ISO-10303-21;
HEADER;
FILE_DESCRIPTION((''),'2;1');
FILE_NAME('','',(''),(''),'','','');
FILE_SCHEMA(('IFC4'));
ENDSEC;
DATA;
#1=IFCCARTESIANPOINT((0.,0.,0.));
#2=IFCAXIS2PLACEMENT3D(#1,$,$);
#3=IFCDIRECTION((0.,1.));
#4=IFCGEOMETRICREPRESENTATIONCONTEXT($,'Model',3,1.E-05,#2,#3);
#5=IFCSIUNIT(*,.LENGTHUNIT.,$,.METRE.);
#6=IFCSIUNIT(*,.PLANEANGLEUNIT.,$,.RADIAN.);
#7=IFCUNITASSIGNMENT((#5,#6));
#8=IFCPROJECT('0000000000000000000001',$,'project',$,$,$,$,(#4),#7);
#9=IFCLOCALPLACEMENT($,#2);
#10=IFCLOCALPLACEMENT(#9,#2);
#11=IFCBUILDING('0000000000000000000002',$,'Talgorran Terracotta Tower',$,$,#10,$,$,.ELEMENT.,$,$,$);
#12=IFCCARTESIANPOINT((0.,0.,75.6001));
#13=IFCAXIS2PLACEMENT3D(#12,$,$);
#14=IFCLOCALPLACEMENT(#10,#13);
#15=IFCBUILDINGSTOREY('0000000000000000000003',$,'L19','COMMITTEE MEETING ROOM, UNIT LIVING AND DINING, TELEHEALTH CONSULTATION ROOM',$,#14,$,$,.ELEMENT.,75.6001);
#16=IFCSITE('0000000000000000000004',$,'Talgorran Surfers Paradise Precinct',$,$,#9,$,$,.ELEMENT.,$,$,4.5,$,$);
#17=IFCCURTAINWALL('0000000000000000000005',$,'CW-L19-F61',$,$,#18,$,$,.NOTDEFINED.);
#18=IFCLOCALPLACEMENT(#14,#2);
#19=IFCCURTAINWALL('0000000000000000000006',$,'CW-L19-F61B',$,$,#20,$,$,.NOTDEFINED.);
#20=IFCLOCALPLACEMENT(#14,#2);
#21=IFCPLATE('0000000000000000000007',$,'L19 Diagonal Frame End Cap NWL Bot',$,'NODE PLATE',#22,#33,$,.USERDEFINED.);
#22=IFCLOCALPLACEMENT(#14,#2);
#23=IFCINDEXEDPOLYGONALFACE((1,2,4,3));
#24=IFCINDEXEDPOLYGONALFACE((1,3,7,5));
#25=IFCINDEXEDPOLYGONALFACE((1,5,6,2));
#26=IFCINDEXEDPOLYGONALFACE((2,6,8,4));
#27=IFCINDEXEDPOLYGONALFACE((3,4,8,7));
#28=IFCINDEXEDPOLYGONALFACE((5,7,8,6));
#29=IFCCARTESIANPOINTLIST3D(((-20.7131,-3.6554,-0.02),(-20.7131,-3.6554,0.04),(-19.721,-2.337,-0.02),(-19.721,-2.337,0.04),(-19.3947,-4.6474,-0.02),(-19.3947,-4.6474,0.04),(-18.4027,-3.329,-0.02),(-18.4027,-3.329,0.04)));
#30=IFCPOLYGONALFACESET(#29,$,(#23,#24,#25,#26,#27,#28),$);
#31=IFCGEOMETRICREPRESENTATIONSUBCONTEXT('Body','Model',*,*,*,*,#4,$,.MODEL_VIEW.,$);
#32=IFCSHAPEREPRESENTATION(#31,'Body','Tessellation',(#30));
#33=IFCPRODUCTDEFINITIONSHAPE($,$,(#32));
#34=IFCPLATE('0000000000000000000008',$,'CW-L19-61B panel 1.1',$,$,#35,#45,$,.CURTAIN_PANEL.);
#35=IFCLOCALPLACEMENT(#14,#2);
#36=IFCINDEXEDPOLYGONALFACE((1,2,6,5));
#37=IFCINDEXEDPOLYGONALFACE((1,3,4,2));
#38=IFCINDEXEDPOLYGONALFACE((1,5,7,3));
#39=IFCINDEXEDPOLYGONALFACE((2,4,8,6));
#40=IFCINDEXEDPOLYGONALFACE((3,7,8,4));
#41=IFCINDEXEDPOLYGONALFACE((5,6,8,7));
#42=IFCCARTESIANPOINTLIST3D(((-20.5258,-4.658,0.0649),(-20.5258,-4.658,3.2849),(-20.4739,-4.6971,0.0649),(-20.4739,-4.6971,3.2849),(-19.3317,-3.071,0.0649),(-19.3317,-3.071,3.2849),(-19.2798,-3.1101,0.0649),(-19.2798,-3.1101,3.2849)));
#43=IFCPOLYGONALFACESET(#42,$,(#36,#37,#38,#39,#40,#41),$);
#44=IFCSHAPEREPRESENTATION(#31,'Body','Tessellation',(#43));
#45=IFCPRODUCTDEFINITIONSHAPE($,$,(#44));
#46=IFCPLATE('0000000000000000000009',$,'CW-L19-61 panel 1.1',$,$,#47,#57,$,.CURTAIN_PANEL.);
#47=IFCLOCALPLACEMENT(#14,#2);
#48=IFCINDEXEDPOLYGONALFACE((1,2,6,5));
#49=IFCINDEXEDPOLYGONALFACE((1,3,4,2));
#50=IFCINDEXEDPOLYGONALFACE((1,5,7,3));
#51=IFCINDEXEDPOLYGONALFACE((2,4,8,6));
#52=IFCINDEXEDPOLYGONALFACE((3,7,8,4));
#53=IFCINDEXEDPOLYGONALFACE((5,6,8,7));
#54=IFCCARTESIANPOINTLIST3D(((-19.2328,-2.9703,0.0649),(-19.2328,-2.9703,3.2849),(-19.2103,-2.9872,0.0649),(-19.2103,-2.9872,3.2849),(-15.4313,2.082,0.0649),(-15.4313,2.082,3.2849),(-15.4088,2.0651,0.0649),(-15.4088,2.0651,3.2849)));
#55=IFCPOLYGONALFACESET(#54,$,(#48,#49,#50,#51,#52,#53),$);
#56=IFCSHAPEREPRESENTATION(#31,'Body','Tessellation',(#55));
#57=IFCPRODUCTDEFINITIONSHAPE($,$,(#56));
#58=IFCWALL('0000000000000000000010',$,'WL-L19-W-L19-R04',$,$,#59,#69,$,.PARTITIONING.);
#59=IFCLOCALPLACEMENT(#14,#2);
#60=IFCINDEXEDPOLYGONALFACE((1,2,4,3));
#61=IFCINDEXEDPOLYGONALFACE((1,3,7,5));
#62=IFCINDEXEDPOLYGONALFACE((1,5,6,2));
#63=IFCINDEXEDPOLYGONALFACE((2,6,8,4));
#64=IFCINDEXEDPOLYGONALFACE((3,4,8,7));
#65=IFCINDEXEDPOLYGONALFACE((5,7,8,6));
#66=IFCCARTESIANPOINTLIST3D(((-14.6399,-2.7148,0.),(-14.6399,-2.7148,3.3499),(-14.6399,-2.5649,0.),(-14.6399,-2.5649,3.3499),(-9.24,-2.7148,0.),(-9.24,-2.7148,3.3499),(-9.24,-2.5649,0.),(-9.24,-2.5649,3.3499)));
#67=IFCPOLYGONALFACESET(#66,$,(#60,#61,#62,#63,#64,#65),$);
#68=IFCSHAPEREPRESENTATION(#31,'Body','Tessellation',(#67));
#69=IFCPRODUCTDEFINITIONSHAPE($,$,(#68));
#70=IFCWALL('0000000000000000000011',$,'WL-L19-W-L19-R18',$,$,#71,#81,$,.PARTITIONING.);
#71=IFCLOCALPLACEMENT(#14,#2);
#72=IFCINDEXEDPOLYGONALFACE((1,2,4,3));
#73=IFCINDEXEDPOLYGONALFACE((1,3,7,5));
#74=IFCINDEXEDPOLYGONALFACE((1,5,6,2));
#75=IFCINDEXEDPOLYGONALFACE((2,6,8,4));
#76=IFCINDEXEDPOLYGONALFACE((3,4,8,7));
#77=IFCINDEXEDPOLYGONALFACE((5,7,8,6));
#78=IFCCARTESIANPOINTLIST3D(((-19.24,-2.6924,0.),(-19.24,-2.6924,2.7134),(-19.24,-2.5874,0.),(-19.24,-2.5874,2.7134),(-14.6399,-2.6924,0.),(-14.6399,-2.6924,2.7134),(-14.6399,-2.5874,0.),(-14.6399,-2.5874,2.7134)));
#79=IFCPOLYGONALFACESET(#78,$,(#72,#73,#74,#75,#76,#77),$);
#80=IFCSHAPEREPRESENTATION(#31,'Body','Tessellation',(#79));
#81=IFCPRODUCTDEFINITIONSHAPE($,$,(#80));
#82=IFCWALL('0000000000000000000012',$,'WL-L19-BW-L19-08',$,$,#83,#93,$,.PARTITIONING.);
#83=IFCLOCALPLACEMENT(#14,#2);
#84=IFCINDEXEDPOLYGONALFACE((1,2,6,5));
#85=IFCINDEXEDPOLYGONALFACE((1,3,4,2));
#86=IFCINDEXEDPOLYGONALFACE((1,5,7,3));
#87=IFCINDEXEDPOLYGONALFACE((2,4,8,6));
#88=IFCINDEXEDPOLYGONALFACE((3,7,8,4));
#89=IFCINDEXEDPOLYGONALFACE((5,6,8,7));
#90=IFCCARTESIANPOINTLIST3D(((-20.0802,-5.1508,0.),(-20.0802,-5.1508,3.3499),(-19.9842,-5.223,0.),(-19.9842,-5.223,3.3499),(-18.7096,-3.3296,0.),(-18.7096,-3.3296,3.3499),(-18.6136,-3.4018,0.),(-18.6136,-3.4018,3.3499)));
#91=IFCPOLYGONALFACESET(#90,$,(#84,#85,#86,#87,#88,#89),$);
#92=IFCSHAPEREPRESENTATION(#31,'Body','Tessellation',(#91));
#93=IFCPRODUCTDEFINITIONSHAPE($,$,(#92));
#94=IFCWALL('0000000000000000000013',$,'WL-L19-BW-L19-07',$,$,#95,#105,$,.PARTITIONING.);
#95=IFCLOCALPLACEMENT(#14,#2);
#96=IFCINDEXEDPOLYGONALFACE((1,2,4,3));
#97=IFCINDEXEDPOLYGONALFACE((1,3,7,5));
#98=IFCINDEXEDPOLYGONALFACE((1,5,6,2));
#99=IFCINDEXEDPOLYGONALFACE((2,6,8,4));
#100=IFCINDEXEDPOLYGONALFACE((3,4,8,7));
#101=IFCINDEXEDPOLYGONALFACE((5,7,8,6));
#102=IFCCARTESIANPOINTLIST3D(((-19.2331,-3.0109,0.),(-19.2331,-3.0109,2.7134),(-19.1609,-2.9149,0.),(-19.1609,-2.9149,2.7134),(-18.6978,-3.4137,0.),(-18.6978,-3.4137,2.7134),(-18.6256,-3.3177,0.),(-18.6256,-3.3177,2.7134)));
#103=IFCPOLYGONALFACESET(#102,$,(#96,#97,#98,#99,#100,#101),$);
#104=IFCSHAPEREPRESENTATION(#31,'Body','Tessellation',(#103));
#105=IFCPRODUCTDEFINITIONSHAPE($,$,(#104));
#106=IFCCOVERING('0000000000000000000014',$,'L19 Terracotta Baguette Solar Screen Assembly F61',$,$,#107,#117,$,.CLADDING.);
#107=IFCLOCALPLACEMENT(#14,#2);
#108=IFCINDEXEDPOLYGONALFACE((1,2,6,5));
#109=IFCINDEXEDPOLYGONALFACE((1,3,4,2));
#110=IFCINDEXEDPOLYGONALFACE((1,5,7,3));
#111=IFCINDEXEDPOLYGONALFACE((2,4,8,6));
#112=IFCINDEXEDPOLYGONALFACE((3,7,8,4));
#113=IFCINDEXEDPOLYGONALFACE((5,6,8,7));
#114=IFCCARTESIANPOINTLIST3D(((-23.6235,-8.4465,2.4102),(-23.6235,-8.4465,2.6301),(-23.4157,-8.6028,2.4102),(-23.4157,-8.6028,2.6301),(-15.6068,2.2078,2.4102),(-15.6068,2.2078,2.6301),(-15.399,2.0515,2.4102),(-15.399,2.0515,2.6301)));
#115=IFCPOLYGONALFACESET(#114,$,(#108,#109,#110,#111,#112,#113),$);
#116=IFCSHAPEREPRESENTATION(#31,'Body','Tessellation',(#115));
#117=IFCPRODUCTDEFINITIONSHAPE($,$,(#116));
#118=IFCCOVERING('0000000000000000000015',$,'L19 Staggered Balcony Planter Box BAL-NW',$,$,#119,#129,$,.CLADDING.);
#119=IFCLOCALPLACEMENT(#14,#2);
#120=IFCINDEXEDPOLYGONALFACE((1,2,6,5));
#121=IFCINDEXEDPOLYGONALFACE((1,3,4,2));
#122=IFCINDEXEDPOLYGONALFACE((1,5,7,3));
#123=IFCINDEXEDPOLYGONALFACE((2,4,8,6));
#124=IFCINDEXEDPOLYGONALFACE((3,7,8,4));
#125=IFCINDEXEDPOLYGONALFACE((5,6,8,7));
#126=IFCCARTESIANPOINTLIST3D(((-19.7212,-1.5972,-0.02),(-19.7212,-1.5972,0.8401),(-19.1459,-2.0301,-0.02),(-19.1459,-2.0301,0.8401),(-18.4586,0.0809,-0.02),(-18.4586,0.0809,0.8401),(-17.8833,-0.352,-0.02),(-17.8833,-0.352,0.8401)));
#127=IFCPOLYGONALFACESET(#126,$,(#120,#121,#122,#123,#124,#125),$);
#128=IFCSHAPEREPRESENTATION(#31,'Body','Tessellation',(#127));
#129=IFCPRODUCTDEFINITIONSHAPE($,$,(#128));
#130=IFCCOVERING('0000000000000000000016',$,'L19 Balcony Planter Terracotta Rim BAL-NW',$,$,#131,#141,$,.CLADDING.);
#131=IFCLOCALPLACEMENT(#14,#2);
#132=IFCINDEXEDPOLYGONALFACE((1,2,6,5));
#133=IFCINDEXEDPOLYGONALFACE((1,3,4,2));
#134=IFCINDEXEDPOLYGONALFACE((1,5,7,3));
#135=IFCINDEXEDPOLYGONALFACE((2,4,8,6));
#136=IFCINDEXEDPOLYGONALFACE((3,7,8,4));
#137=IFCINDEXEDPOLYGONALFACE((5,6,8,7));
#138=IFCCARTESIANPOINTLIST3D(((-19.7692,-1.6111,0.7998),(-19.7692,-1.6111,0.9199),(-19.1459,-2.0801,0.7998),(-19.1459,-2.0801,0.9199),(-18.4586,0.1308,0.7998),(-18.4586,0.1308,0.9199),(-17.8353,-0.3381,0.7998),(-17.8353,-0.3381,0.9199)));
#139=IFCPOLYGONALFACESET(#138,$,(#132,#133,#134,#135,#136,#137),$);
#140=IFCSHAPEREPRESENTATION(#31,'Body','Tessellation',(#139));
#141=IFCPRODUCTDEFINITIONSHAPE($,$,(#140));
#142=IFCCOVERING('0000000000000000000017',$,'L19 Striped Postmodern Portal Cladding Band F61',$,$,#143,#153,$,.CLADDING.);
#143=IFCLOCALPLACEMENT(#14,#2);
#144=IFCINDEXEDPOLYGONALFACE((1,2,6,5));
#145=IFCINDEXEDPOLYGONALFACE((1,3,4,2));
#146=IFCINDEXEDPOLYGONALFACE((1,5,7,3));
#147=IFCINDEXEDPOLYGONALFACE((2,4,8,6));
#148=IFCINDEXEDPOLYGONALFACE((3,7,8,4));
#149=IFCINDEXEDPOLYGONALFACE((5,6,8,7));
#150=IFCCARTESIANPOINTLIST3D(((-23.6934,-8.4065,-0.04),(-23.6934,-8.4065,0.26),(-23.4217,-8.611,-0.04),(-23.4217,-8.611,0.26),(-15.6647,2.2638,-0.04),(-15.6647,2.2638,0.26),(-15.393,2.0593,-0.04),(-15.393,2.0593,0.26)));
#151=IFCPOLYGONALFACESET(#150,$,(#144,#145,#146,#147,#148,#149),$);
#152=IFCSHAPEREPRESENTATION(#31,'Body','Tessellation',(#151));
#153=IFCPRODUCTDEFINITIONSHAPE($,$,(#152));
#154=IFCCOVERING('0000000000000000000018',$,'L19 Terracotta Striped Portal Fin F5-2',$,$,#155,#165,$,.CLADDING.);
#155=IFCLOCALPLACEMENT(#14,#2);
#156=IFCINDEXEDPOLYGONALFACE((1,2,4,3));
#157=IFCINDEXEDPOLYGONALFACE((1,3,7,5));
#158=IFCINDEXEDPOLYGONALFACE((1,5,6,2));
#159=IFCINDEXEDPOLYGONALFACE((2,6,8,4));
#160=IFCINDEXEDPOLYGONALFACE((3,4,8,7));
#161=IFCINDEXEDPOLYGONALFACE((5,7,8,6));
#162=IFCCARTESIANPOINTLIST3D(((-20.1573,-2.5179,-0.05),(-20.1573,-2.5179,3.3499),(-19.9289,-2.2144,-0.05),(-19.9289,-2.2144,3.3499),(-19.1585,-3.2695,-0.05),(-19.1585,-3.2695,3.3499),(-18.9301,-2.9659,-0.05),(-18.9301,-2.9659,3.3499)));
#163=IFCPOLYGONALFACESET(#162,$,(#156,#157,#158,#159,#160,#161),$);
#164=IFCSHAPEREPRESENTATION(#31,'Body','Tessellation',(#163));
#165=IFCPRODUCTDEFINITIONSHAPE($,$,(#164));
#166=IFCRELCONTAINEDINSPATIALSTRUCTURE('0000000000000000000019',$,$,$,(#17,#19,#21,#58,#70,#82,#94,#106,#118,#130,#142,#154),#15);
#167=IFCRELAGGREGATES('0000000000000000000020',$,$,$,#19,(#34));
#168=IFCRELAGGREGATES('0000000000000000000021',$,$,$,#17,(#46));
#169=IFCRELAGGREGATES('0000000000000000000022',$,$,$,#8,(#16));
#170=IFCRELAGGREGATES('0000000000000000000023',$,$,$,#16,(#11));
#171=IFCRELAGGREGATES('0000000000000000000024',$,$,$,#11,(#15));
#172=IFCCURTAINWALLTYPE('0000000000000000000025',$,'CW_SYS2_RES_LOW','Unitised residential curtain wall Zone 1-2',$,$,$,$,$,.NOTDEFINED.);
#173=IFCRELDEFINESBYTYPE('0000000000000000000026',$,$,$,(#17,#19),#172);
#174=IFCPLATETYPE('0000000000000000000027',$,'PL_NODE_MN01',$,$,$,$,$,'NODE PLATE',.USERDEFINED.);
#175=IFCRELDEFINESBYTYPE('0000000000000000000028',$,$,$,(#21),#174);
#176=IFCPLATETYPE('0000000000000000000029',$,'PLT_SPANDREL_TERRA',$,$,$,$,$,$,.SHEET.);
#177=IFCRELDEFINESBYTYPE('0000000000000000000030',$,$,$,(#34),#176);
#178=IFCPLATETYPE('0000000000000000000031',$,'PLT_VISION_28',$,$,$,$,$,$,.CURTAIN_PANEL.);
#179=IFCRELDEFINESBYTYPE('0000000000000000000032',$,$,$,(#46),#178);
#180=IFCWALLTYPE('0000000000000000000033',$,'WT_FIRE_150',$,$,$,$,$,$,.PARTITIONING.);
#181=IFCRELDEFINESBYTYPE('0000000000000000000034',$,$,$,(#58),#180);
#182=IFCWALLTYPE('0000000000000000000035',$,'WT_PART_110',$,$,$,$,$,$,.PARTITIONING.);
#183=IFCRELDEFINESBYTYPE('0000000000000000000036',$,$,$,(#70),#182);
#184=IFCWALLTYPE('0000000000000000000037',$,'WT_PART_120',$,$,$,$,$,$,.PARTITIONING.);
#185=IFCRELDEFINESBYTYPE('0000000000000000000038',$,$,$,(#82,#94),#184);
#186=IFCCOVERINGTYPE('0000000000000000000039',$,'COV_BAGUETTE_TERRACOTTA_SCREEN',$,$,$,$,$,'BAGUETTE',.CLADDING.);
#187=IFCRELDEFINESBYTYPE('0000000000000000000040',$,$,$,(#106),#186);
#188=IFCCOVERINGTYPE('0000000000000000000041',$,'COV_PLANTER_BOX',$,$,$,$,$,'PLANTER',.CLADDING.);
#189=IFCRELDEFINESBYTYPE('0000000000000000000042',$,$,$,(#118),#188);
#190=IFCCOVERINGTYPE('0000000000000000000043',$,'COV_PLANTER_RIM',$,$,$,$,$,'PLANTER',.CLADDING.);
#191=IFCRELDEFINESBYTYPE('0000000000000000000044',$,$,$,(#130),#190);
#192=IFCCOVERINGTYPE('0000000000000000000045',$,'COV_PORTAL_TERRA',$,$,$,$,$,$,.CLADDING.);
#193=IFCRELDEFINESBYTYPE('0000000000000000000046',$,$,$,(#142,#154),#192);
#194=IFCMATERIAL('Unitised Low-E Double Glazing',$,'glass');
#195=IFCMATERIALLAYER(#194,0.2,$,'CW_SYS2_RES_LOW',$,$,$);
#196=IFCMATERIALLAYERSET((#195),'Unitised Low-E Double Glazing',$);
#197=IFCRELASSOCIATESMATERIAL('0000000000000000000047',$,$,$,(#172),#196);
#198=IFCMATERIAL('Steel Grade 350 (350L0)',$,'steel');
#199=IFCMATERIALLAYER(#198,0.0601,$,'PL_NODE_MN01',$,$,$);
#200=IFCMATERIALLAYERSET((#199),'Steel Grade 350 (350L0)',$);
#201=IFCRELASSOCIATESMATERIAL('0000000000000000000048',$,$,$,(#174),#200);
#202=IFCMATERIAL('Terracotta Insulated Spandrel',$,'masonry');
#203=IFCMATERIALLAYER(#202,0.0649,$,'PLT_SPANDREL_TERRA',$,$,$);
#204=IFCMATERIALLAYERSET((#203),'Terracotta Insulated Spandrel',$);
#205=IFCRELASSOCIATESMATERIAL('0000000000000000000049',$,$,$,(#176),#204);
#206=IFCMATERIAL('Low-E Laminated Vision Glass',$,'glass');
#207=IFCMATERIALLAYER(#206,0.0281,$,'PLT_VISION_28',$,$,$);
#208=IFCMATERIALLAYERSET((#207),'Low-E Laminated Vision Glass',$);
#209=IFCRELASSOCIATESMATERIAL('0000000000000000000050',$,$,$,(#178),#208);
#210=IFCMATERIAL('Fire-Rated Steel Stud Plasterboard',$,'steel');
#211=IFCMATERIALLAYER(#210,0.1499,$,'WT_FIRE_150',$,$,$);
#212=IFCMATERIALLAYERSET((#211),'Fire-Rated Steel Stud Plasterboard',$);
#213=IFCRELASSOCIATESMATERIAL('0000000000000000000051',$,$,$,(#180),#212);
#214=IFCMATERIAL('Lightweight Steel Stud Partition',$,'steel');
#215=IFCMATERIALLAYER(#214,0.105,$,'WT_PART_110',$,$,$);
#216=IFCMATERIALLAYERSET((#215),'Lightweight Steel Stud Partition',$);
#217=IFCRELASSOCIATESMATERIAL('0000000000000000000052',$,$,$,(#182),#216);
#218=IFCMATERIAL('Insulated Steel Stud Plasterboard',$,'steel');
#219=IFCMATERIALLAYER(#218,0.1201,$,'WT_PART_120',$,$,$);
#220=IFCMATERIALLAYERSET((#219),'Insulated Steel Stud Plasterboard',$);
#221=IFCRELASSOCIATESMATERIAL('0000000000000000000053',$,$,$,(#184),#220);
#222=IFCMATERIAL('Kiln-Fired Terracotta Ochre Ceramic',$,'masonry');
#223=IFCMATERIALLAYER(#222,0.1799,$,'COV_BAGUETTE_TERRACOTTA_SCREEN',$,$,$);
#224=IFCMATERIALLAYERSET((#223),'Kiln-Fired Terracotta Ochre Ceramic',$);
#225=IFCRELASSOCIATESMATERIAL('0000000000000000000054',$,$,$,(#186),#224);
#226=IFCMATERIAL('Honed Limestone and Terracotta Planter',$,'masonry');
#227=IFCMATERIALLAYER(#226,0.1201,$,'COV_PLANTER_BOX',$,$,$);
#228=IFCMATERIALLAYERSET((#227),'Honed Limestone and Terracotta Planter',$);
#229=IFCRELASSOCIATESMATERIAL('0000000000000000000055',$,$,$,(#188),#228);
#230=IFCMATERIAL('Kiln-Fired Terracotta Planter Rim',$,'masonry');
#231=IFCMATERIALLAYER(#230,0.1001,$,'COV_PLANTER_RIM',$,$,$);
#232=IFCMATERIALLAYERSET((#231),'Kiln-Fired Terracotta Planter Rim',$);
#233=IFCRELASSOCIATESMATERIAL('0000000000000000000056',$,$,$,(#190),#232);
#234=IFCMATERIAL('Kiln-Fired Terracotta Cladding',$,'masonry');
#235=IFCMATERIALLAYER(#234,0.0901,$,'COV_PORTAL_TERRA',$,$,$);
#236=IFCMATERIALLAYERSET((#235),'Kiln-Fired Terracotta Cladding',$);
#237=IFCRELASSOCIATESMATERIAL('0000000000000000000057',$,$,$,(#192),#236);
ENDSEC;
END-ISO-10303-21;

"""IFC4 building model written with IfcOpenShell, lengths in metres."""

from ifc_helpers import new_model, si_unit, direction, frame, frame_2d, origin, origin_2d, place, context, subcontext, project, spatial, rectangle, extrude, source, transform, mapped, material, layer, layer_set, type_object, type_shapes, element, aggregate, save


model = new_model("IFC4")

# Units and contexts
model_context = context("Model", 3, precision=1e-05, world=origin(), true_north=direction((0.0, 1.0)))
body_context = subcontext(model_context, "Body", "Model", "MODEL_VIEW")
ifc_project = project(units=[si_unit("LENGTHUNIT", "METRE"), si_unit("PLANEANGLEUNIT", "RADIAN")], contexts=[model_context])

# Site, building, storey
site_placement = place(None, origin())
site = spatial("IfcSite", under=ifc_project, at=site_placement, Name="Talgorran Surfers Paradise Precinct", CompositionType="ELEMENT", RefElevation=4.5)
building_placement = place(site_placement, origin())
building = spatial("IfcBuilding", under=site, at=building_placement, Name="Talgorran Terracotta Tower", CompositionType="ELEMENT")
storey_placement = place(building_placement, frame((0.0, 0.0, 75.6001)))
storey = spatial("IfcBuildingStorey", under=building, at=storey_placement, Name="L19", Description="COMMITTEE MEETING ROOM, UNIT LIVING AND DINING, TELEHEALTH CONSULTATION ROOM", CompositionType="ELEMENT", Elevation=75.6001)

# Shared definitions
ifc_material_1 = material(Name="Steel Grade 350 (350L0)", Category="steel")

# Curtain walls
ifc_material_2 = material(Name="Unitised Low-E Double Glazing", Category="glass")
ifc_layer_1 = layer(ifc_material_2, 0.2, Name="CW_SYS2_RES_LOW")
ifc_layer_set_1 = layer_set([ifc_layer_1], Name="Unitised Low-E Double Glazing")
curtain_wall_type = type_object("IfcCurtainWallType", Name="CW_SYS2_RES_LOW", Description="Unitised residential curtain wall Zone 1-2", PredefinedType="NOTDEFINED", material=ifc_layer_set_1)
curtain_wall_1_placement = place(storey_placement, origin())
curtain_wall_1 = element("IfcCurtainWall", 1, at=curtain_wall_1_placement, inside=storey, type_object=curtain_wall_type, Name="CW-L19-F61", PredefinedType="NOTDEFINED")
curtain_wall_2_placement = place(storey_placement, origin())
curtain_wall_2 = element("IfcCurtainWall", 2, at=curtain_wall_2_placement, inside=storey, type_object=curtain_wall_type, Name="CW-L19-F61B", PredefinedType="NOTDEFINED")

# Plates
ifc_layer_2 = layer(ifc_material_1, 0.0601, Name="PL_NODE_MN01")
ifc_layer_set_2 = layer_set([ifc_layer_2], Name="Steel Grade 350 (350L0)")
plate_type_1 = type_object("IfcPlateType", Name="PL_NODE_MN01", ElementType="NODE PLATE", PredefinedType="USERDEFINED", material=ifc_layer_set_2)
plate_1_placement = place(storey_placement, frame((-19.5579, -3.4922, -0.02), z_axis=(0.0, 0.0, 1.0), x_axis=(-0.601257, -0.799055, 0.0)))
element("IfcPlate", 3, at=plate_1_placement, inside=storey, type_object=plate_type_1, Name="L19 Diagonal Frame End Cap NWL Bot", ObjectType="NODE PLATE", PredefinedType="USERDEFINED", context=body_context, shape_type="SweptSolid", body=[
    extrude(rectangle(XDim=1.6499, YDim=1.6499, at=origin_2d()), origin(), (0.0, 0.0, 1.0), 0.0601),
])
ifc_material_3 = material(Name="Terracotta Insulated Spandrel", Category="masonry")
ifc_layer_3 = layer(ifc_material_3, 0.0649, Name="PLT_SPANDREL_TERRA")
ifc_layer_set_3 = layer_set([ifc_layer_3], Name="Terracotta Insulated Spandrel")
plate_type_2 = type_object("IfcPlateType", Name="PLT_SPANDREL_TERRA", PredefinedType="SHEET", material=ifc_layer_set_3)
shared_shape_1 = source(origin(), body_context, "Body", "SweptSolid", [
    extrude(rectangle(XDim=1.9861, YDim=0.0649, at=origin_2d()), origin(), (0.0, 0.0, 1.0), 3.22),
])
type_shapes(plate_type_2, [shared_shape_1])
plate_2_placement = place(storey_placement, frame((-19.9028, -3.884, 0.0649), z_axis=(0.0, 0.0, 1.0), x_axis=(-0.601247, -0.799063, 0.0)))
plate_2 = element("IfcPlate", 4, at=plate_2_placement, type_object=plate_type_2, Name="CW-L19-61B panel 1.1", PredefinedType="CURTAIN_PANEL", context=body_context, shape_type="MappedRepresentation", body=[
    mapped(shared_shape_1, transform((0.0, 0.0, 0.0), scale=1.0)),
])
aggregate(curtain_wall_2, [plate_2])
ifc_material_4 = material(Name="Low-E Laminated Vision Glass", Category="glass")
ifc_layer_4 = layer(ifc_material_4, 0.0281, Name="PLT_VISION_28")
ifc_layer_set_4 = layer_set([ifc_layer_4], Name="Low-E Laminated Vision Glass")
plate_type_3 = type_object("IfcPlateType", Name="PLT_VISION_28", PredefinedType="CURTAIN_PANEL", material=ifc_layer_set_4)
shared_shape_2 = source(origin(), body_context, "Body", "SweptSolid", [
    extrude(rectangle(XDim=6.3228, YDim=0.0281, at=origin_2d()), origin(), (0.0, 0.0, 1.0), 3.22),
])
type_shapes(plate_type_3, [shared_shape_2])
plate_3_placement = place(storey_placement, frame((-17.3208, -0.4526, 0.0649), z_axis=(0.0, 0.0, 1.0), x_axis=(-0.601244, -0.799065, 0.0)))
plate_3 = element("IfcPlate", 5, at=plate_3_placement, type_object=plate_type_3, Name="CW-L19-61 panel 1.1", PredefinedType="CURTAIN_PANEL", context=body_context, shape_type="MappedRepresentation", body=[
    mapped(shared_shape_2, transform((0.0, 0.0, 0.0), scale=1.0)),
])
aggregate(curtain_wall_1, [plate_3])

# Walls
ifc_material_5 = material(Name="Fire-Rated Steel Stud Plasterboard", Category="steel")
ifc_layer_5 = layer(ifc_material_5, 0.1499, Name="WT_FIRE_150")
ifc_layer_set_5 = layer_set([ifc_layer_5], Name="Fire-Rated Steel Stud Plasterboard")
wall_type_1 = type_object("IfcWallType", Name="WT_FIRE_150", PredefinedType="PARTITIONING", material=ifc_layer_set_5)
wall_1_placement = place(storey_placement, frame((-14.6399, -2.6399, 0.0), z_axis=(0.0, 0.0, 1.0), x_axis=(1.0, 0.0, 0.0)))
element("IfcWall", 6, at=wall_1_placement, inside=storey, type_object=wall_type_1, Name="WL-L19-W-L19-R04", PredefinedType="PARTITIONING", context=body_context, shape_type="SweptSolid", body=[
    extrude(rectangle(XDim=5.3999, YDim=0.1499, at=frame_2d((2.7, 0.0))), origin(), (0.0, 0.0, 1.0), 3.3499),
])
ifc_material_6 = material(Name="Lightweight Steel Stud Partition", Category="steel")
ifc_layer_6 = layer(ifc_material_6, 0.105, Name="WT_PART_110")
ifc_layer_set_6 = layer_set([ifc_layer_6], Name="Lightweight Steel Stud Partition")
wall_type_2 = type_object("IfcWallType", Name="WT_PART_110", PredefinedType="PARTITIONING", material=ifc_layer_set_6)
wall_2_placement = place(storey_placement, frame((-19.24, -2.6399, 0.0), z_axis=(0.0, 0.0, 1.0), x_axis=(1.0, 0.0, 0.0)))
element("IfcWall", 7, at=wall_2_placement, inside=storey, type_object=wall_type_2, Name="WL-L19-W-L19-R18", PredefinedType="PARTITIONING", context=body_context, shape_type="SweptSolid", body=[
    extrude(rectangle(XDim=4.6001, YDim=0.105, at=frame_2d((2.3, 0.0))), origin(), (0.0, 0.0, 1.0), 2.7134),
])
ifc_material_7 = material(Name="Insulated Steel Stud Plasterboard", Category="steel")
ifc_layer_7 = layer(ifc_material_7, 0.1201, Name="WT_PART_120")
ifc_layer_set_7 = layer_set([ifc_layer_7], Name="Insulated Steel Stud Plasterboard")
wall_type_3 = type_object("IfcWallType", Name="WT_PART_120", PredefinedType="PARTITIONING", material=ifc_layer_set_7)
wall_3_placement = place(storey_placement, frame((-18.6616, -3.3657, 0.0), z_axis=(0.0, 0.0, 1.0), x_axis=(-0.601302, -0.799022, 0.0)))
element("IfcWall", 8, at=wall_3_placement, inside=storey, type_object=wall_type_3, Name="WL-L19-BW-L19-08", PredefinedType="PARTITIONING", context=body_context, shape_type="SweptSolid", body=[
    extrude(rectangle(XDim=2.2793, YDim=0.1201, at=frame_2d((1.1396, 0.0))), origin(), (0.0, 0.0, 1.0), 3.3499),
])
wall_4_placement = place(storey_placement, frame((-19.197, -2.9629, 0.0), z_axis=(0.0, 0.0, 1.0), x_axis=(0.799081, -0.601224, 0.0)))
element("IfcWall", 9, at=wall_4_placement, inside=storey, type_object=wall_type_3, Name="WL-L19-BW-L19-07", PredefinedType="PARTITIONING", context=body_context, shape_type="SweptSolid", body=[
    extrude(rectangle(XDim=0.6699, YDim=0.1201, at=frame_2d((0.335, 0.0))), origin(), (0.0, 0.0, 1.0), 2.7134),
])

# Coverings
ifc_material_8 = material(Name="Kiln-Fired Terracotta Ochre Ceramic", Category="masonry")
ifc_layer_8 = layer(ifc_material_8, 0.1799, Name="COV_BAGUETTE_TERRACOTTA_SCREEN")
ifc_layer_set_8 = layer_set([ifc_layer_8], Name="Kiln-Fired Terracotta Ochre Ceramic")
covering_type_1 = type_object("IfcCoveringType", Name="COV_BAGUETTE_TERRACOTTA_SCREEN", ElementType="BAGUETTE", PredefinedType="CLADDING", material=ifc_layer_set_8)
covering_1_placement = place(storey_placement, frame((-19.5112, -3.1975, 2.4102), z_axis=(0.0, 0.0, 1.0), x_axis=(-0.601243, -0.799066, 0.0)))
element("IfcCovering", 10, at=covering_1_placement, inside=storey, type_object=covering_type_1, Name="L19 Terracotta Baguette Solar Screen Assembly F61", PredefinedType="CLADDING", context=body_context, shape_type="SweptSolid", body=[
    extrude(rectangle(XDim=13.3335, YDim=0.26, at=origin_2d()), origin(), (0.0, 0.0, 1.0), 0.22),
])
ifc_material_9 = material(Name="Honed Limestone and Terracotta Planter", Category="masonry")
ifc_layer_9 = layer(ifc_material_9, 0.1201, Name="COV_PLANTER_BOX")
ifc_layer_set_9 = layer_set([ifc_layer_9], Name="Honed Limestone and Terracotta Planter")
covering_type_2 = type_object("IfcCoveringType", Name="COV_PLANTER_BOX", ElementType="PLANTER", PredefinedType="CLADDING", material=ifc_layer_set_9)
covering_2_placement = place(storey_placement, frame((-18.8022, -0.9746, -0.02), z_axis=(0.0, 0.0, 1.0), x_axis=(-0.601243, -0.799066, 0.0)))
element("IfcCovering", 11, at=covering_2_placement, inside=storey, type_object=covering_type_2, Name="L19 Staggered Balcony Planter Box BAL-NW", PredefinedType="CLADDING", context=body_context, shape_type="SweptSolid", body=[
    extrude(rectangle(XDim=2.1001, YDim=0.72, at=origin_2d()), origin(), (0.0, 0.0, 1.0), 0.8601),
])
ifc_material_10 = material(Name="Kiln-Fired Terracotta Planter Rim", Category="masonry")
ifc_layer_10 = layer(ifc_material_10, 0.1001, Name="COV_PLANTER_RIM")
ifc_layer_set_10 = layer_set([ifc_layer_10], Name="Kiln-Fired Terracotta Planter Rim")
covering_type_3 = type_object("IfcCoveringType", Name="COV_PLANTER_RIM", ElementType="PLANTER", PredefinedType="CLADDING", material=ifc_layer_set_10)
covering_3_placement = place(storey_placement, frame((-18.8022, -0.9746, 0.7998), z_axis=(0.0, 0.0, 1.0), x_axis=(-0.601243, -0.799066, 0.0)))
element("IfcCovering", 12, at=covering_3_placement, inside=storey, type_object=covering_type_3, Name="L19 Balcony Planter Terracotta Rim BAL-NW", PredefinedType="CLADDING", context=body_context, shape_type="SweptSolid", body=[
    extrude(rectangle(XDim=2.1799, YDim=0.78, at=origin_2d()), origin(), (0.0, 0.0, 1.0), 0.1201),
])
ifc_material_11 = material(Name="Kiln-Fired Terracotta Cladding", Category="masonry")
ifc_layer_11 = layer(ifc_material_11, 0.0901, Name="COV_PORTAL_TERRA")
ifc_layer_set_11 = layer_set([ifc_layer_11], Name="Kiln-Fired Terracotta Cladding")
covering_type_4 = type_object("IfcCoveringType", Name="COV_PORTAL_TERRA", PredefinedType="CLADDING", material=ifc_layer_set_11)
covering_4_placement = place(storey_placement, frame((-19.5432, -3.1736, -0.04), z_axis=(0.0, 0.0, 1.0), x_axis=(-0.601243, -0.799066, 0.0)))
element("IfcCovering", 13, at=covering_4_placement, inside=storey, type_object=covering_type_4, Name="L19 Striped Postmodern Portal Cladding Band F61", PredefinedType="CLADDING", context=body_context, shape_type="SweptSolid", body=[
    extrude(rectangle(XDim=13.3535, YDim=0.3401, at=origin_2d()), origin(), (0.0, 0.0, 1.0), 0.3),
])
covering_5_placement = place(storey_placement, frame((-19.5437, -2.7419, -0.05), z_axis=(0.0, 0.0, 1.0), x_axis=(-0.601243, -0.799066, 0.0)))
element("IfcCovering", 14, at=covering_5_placement, inside=storey, type_object=covering_type_4, Name="L19 Terracotta Striped Portal Fin F5-2", PredefinedType="CLADDING", context=body_context, shape_type="SweptSolid", body=[
    extrude(rectangle(XDim=0.3799, YDim=1.25, at=origin_2d()), origin(), (0.0, 0.0, 1.0), 3.3999),
])

save(model, "model.ifc")
